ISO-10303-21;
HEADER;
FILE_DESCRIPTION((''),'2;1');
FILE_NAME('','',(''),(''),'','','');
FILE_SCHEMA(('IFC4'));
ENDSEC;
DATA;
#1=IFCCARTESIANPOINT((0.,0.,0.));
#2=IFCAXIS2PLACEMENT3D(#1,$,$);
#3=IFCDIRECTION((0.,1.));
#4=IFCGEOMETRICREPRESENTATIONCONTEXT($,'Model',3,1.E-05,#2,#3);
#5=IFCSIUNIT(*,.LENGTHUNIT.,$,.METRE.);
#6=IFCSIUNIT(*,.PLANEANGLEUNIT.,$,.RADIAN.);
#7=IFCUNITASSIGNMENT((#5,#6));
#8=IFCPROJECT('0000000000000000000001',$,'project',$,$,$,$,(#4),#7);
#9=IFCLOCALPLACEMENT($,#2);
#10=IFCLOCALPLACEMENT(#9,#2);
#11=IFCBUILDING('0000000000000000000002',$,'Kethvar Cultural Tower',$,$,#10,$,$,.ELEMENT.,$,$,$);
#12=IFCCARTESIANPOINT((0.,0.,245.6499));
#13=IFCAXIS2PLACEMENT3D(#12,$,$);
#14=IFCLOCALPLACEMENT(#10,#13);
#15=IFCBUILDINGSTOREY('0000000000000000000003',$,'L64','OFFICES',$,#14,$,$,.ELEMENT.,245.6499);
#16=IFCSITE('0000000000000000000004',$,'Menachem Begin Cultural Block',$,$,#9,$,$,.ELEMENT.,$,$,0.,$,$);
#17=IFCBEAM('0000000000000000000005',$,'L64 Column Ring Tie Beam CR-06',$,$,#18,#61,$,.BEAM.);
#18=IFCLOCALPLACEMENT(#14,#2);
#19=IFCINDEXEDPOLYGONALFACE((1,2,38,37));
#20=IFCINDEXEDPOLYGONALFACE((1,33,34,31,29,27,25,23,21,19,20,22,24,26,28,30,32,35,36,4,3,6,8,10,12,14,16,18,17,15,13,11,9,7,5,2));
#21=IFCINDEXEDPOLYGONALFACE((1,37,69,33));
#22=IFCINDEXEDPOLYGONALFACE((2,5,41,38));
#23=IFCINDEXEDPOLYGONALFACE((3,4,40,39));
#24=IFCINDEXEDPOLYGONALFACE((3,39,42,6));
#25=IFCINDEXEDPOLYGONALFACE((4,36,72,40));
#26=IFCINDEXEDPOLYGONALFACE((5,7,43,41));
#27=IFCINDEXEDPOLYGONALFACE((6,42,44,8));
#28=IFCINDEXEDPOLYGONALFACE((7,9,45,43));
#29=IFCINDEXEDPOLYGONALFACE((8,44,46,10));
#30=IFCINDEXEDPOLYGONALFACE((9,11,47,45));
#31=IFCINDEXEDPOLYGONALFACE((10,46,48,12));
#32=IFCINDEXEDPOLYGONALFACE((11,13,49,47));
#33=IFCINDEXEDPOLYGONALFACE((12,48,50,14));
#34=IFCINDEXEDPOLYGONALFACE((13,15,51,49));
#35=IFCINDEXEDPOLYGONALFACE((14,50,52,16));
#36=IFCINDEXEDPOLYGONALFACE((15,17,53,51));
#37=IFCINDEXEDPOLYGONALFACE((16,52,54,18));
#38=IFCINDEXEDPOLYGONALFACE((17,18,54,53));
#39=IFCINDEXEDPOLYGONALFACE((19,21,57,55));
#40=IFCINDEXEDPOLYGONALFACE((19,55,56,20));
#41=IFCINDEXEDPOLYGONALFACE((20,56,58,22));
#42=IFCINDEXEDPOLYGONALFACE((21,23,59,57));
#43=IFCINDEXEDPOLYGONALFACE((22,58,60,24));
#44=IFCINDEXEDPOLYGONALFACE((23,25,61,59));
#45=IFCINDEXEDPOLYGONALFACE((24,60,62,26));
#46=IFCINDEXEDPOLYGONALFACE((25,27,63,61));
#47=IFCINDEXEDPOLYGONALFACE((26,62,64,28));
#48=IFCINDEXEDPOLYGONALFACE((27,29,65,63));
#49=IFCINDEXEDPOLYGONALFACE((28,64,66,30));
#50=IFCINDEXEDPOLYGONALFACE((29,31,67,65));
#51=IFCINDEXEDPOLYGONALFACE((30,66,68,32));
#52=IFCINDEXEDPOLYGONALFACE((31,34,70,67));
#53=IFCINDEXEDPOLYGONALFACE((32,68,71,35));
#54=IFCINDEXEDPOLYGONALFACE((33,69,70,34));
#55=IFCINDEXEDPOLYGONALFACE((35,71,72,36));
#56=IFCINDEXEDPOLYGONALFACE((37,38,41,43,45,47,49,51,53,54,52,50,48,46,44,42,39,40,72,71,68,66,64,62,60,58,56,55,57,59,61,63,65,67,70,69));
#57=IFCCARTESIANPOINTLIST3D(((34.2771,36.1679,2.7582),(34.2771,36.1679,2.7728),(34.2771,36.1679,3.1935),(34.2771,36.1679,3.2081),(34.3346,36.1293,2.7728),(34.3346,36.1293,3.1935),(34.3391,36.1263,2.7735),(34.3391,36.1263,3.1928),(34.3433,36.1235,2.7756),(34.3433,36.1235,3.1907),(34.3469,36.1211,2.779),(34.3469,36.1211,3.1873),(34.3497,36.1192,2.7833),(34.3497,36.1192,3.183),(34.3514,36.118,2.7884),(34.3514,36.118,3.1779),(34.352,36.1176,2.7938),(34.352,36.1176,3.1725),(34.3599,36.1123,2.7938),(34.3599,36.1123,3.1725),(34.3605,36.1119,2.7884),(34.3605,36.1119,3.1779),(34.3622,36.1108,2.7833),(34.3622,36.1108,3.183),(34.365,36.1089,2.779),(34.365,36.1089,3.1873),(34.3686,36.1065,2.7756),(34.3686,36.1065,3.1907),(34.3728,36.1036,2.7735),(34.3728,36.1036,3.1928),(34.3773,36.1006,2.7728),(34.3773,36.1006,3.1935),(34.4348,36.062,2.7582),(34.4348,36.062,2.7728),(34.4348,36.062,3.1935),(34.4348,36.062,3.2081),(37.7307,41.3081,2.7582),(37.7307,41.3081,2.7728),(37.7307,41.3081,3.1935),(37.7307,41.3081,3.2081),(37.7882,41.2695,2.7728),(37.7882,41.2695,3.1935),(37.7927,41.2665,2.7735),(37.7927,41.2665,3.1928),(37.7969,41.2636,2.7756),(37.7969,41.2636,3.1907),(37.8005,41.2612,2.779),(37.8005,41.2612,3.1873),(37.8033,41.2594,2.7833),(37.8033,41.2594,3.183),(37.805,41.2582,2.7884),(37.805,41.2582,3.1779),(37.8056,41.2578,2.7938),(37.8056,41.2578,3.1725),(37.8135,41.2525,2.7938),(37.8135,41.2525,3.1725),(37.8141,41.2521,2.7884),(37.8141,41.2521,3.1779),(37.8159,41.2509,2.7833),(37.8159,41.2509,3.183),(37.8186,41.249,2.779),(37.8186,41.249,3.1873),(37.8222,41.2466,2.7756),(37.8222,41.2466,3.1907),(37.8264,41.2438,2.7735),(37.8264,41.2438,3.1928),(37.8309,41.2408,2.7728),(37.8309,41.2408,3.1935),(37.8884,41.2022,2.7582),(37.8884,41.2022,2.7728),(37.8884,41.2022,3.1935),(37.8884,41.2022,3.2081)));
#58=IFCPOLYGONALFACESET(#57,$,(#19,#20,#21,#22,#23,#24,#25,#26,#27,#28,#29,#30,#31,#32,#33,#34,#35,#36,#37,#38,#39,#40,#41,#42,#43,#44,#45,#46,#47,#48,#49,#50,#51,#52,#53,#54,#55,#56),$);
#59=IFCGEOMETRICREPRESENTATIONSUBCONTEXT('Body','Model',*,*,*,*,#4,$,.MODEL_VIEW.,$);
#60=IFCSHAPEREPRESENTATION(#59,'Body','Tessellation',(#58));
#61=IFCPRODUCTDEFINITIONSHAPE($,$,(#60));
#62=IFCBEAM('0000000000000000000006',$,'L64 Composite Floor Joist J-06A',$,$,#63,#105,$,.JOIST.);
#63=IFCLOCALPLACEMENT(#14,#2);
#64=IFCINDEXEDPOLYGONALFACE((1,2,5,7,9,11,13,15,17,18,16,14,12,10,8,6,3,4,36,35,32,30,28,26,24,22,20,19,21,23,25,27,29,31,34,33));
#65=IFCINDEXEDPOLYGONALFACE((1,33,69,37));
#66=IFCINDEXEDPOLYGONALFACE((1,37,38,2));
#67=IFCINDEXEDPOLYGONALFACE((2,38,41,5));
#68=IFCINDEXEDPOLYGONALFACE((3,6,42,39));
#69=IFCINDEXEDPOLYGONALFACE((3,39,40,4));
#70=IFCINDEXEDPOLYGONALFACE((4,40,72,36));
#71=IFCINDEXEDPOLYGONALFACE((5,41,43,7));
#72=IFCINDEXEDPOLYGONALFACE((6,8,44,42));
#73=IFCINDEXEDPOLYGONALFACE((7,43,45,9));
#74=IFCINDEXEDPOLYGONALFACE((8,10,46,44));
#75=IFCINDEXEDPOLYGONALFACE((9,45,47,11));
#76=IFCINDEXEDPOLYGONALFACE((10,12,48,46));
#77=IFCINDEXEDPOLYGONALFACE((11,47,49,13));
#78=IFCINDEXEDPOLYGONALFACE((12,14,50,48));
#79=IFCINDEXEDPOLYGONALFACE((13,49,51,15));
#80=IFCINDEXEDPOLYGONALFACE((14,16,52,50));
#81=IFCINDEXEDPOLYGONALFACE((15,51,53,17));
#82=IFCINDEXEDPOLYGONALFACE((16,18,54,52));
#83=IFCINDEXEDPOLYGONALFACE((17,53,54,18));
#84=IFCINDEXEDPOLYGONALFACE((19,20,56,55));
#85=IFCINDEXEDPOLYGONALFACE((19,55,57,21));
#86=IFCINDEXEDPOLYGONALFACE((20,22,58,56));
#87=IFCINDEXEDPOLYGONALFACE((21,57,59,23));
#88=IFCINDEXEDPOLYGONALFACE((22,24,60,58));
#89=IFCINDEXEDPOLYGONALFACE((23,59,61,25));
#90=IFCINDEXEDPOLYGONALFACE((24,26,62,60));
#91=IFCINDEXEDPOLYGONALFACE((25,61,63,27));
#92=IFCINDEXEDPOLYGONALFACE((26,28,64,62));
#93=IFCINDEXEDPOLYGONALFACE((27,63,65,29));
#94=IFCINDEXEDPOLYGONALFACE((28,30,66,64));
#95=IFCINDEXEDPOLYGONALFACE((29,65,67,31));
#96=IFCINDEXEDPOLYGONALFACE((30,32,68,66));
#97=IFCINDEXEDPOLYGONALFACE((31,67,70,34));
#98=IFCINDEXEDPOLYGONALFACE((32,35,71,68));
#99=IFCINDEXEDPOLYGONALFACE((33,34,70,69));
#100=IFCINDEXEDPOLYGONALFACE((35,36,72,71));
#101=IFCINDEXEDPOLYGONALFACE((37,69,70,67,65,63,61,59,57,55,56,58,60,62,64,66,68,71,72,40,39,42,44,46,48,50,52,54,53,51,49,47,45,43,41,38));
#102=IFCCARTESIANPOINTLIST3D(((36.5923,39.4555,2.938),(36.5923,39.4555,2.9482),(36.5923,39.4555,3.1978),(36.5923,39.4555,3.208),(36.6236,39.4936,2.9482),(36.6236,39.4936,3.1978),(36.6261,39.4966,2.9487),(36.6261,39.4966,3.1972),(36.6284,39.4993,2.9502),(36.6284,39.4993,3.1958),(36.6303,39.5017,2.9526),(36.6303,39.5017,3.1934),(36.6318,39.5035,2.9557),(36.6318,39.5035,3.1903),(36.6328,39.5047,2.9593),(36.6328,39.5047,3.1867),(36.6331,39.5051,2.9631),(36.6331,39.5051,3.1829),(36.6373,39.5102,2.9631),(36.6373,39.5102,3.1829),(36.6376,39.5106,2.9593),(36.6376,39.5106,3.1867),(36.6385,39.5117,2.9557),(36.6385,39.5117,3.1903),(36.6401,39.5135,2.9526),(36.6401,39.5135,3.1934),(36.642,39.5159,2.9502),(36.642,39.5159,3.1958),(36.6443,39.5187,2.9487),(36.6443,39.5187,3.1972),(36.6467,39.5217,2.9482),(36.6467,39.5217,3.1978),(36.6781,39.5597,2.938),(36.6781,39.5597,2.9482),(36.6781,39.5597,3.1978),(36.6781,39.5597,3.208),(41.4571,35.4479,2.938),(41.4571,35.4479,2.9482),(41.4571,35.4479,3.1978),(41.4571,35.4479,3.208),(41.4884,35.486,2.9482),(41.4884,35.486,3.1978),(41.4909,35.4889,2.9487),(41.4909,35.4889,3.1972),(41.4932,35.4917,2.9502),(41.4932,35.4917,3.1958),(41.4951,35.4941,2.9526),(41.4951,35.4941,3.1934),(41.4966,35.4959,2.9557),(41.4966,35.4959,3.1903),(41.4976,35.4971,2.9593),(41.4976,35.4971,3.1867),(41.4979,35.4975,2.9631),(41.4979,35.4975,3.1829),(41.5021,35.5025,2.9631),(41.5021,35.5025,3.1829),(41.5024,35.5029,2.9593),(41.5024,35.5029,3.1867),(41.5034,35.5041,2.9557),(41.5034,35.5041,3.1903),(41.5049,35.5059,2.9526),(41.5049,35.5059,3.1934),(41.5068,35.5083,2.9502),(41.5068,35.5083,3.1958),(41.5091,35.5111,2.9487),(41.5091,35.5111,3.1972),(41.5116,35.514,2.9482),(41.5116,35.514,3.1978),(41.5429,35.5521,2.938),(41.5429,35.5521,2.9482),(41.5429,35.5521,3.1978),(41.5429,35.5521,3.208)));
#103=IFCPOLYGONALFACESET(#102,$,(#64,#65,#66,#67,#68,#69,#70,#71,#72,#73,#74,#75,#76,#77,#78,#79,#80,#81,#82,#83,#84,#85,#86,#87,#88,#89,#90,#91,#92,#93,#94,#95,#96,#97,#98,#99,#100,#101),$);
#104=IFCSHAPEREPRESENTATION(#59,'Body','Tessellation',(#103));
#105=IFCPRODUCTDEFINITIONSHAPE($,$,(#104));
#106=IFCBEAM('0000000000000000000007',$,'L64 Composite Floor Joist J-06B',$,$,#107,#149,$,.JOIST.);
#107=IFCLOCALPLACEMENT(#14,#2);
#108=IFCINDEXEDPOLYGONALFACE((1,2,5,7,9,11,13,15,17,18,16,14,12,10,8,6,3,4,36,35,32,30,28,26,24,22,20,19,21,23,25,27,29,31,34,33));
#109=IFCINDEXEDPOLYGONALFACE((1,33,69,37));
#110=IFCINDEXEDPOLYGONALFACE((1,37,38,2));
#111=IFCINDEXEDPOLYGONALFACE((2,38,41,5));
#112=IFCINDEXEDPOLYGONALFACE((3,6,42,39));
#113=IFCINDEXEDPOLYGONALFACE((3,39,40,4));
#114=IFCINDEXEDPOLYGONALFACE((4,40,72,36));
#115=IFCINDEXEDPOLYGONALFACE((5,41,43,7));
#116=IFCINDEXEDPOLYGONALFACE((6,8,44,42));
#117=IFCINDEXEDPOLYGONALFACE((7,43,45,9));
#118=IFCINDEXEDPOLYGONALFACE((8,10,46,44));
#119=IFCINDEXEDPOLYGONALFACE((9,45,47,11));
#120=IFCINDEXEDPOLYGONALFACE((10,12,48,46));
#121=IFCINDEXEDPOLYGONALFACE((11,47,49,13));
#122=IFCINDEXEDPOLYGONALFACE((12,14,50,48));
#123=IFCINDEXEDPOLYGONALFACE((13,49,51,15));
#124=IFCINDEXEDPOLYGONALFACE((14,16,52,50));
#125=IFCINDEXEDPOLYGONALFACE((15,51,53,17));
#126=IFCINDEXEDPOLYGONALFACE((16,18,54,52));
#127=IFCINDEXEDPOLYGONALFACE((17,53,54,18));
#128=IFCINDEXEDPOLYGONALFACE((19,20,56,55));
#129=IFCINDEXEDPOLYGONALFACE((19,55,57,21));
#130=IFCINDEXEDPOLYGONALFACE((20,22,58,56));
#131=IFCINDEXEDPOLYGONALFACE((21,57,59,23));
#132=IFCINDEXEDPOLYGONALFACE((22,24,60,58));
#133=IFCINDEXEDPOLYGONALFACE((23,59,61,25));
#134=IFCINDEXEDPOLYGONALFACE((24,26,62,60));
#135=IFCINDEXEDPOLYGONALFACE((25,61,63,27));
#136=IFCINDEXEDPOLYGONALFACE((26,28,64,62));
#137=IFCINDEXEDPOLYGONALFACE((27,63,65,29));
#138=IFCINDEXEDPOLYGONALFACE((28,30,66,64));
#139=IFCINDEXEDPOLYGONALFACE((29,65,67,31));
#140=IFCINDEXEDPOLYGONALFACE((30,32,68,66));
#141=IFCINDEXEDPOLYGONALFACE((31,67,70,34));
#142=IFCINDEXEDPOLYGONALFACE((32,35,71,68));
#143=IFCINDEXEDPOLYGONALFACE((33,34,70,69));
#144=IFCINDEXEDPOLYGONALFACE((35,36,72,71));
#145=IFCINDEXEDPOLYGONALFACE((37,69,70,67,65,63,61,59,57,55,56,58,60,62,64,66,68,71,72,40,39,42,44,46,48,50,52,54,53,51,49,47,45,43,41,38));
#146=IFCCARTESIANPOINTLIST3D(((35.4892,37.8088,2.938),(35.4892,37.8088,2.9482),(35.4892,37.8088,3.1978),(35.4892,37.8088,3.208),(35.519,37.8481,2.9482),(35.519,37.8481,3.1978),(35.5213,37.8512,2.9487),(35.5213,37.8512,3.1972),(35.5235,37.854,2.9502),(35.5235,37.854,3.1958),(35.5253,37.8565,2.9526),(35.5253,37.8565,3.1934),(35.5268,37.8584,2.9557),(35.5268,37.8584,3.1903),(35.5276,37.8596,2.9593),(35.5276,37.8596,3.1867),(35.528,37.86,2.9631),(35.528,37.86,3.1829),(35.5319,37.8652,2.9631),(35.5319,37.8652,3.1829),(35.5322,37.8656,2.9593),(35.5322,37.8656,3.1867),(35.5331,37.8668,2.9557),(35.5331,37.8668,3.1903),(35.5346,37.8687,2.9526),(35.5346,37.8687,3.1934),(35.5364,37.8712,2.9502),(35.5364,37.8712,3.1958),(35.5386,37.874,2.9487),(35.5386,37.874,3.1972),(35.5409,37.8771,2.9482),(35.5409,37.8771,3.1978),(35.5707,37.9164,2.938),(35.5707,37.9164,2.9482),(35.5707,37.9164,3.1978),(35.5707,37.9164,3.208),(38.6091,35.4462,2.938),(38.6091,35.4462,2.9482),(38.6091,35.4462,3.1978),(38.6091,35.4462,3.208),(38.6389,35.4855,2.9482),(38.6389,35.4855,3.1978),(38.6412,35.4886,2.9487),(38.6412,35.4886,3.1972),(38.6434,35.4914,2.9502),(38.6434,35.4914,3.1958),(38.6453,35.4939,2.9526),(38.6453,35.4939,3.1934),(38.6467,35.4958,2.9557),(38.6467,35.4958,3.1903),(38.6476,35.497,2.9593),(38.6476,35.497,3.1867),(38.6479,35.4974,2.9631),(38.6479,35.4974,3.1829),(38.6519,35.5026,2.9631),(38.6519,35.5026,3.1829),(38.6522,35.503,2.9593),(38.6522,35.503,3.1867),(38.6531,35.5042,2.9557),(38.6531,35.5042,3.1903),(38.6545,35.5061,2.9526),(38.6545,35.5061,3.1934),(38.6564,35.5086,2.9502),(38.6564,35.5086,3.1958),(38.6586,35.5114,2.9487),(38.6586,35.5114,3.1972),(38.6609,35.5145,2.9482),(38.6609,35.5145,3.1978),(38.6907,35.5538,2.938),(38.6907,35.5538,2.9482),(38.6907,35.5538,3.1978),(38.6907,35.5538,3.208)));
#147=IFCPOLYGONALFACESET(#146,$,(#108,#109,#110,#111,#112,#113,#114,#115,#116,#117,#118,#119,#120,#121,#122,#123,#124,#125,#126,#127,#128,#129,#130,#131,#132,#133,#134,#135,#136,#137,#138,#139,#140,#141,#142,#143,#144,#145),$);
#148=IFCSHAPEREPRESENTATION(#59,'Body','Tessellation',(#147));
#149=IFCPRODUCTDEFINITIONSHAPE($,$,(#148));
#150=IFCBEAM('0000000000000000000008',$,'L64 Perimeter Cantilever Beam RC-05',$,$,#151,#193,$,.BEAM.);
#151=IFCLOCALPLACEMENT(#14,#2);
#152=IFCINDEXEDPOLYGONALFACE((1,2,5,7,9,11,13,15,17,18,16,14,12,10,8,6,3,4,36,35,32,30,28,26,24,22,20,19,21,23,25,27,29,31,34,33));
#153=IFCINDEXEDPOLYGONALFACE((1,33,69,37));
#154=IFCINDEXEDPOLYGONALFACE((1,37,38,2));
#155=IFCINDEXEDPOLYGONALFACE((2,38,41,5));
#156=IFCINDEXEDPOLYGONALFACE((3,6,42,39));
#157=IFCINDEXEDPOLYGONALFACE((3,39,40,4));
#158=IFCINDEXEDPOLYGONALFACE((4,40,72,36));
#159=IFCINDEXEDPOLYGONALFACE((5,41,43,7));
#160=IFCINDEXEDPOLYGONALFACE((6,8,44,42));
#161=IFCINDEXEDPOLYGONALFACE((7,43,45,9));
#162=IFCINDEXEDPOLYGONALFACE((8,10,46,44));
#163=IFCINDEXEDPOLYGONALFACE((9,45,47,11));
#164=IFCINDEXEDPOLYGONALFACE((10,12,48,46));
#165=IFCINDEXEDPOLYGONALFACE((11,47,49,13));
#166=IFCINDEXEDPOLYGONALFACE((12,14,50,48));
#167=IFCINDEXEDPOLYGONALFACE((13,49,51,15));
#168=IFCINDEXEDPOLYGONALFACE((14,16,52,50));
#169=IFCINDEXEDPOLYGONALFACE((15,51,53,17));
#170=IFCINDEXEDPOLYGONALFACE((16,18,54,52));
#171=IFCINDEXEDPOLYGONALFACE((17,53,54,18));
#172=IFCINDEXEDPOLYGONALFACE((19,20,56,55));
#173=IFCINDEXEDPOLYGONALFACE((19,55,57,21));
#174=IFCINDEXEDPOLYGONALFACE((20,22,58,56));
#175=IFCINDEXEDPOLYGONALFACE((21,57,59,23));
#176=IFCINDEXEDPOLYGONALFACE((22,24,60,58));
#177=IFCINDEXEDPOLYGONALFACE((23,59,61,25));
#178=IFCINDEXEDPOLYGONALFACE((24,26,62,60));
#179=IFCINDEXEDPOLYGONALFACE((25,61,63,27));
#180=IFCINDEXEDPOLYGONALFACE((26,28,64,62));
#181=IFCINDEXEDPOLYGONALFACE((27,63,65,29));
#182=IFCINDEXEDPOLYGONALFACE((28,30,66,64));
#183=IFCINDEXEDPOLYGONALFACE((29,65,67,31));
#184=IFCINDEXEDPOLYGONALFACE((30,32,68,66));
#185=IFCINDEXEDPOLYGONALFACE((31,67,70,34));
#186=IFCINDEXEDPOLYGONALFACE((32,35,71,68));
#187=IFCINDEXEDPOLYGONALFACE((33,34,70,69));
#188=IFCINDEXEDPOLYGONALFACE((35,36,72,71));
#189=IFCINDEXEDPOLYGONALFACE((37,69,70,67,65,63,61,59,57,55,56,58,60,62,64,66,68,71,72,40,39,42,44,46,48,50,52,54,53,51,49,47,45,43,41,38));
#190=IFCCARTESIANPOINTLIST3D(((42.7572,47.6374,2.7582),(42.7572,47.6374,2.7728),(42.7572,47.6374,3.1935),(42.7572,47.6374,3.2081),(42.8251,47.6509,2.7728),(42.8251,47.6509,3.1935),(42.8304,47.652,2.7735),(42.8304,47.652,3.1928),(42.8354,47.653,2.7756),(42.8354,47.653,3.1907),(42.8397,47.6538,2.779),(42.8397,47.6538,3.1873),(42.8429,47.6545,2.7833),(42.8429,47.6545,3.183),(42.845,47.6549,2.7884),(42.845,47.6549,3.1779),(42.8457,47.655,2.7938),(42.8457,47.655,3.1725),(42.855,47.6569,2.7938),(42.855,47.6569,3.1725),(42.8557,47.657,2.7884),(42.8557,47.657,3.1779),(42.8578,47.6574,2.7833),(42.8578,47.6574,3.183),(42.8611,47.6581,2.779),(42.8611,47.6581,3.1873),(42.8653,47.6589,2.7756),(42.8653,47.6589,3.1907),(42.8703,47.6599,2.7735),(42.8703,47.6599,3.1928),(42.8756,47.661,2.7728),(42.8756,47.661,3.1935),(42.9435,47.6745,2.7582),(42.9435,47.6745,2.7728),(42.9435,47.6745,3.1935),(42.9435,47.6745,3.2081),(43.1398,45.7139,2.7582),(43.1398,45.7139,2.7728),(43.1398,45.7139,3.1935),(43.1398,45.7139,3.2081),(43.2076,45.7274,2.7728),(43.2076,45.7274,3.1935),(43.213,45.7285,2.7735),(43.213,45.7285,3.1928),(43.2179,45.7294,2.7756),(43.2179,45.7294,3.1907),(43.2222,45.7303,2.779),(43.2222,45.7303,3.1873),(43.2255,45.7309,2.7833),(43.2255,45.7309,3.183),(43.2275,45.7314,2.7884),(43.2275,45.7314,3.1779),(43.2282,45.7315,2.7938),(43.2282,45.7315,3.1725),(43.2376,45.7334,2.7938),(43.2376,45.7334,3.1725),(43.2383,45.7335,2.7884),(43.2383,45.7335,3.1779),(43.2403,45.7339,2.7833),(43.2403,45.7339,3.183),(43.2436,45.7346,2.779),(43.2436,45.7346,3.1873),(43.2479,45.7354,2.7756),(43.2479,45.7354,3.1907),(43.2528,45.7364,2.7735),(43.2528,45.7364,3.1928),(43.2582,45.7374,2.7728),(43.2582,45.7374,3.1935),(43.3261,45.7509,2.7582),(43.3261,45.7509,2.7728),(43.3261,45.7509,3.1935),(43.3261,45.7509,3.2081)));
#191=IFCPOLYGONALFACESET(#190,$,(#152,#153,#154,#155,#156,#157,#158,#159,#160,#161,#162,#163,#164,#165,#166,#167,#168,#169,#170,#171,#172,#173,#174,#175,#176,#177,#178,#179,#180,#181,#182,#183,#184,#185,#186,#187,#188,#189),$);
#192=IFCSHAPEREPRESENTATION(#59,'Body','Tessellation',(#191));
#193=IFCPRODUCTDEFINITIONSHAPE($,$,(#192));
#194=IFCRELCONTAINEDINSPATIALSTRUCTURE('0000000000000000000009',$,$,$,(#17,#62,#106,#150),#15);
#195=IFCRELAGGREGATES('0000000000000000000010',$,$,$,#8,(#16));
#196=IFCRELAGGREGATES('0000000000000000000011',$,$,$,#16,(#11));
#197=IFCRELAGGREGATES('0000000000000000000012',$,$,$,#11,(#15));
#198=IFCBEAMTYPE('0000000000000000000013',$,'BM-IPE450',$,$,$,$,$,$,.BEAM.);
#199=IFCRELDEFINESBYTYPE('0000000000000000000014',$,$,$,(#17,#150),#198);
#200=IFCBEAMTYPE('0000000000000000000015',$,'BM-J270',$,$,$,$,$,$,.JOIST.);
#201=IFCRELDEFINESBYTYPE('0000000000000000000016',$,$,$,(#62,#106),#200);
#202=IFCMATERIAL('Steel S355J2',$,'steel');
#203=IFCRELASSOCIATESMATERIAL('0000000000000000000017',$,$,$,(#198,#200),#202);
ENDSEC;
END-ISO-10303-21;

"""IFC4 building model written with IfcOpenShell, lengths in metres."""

from ifc_helpers import new_model, si_unit, direction, frame, origin, origin_2d, place, context, subcontext, project, spatial, i_section, extrude, source, transform, mapped, material, material_profile, profile_set, type_object, element, save


model = new_model("IFC4")

# Units and contexts
model_context = context("Model", 3, precision=1e-05, world=origin(), true_north=direction((0.0, 1.0)))
body_context = subcontext(model_context, "Body", "Model", "MODEL_VIEW")
ifc_project = project(units=[si_unit("LENGTHUNIT", "METRE"), si_unit("PLANEANGLEUNIT", "RADIAN")], contexts=[model_context])

# Site, building, storey
site_placement = place(None, origin())
site = spatial("IfcSite", under=ifc_project, at=site_placement, Name="Menachem Begin Cultural Block", CompositionType="ELEMENT", RefElevation=0.0)
building_placement = place(site_placement, origin())
building = spatial("IfcBuilding", under=site, at=building_placement, Name="Kethvar Cultural Tower", CompositionType="ELEMENT")
storey_placement = place(building_placement, frame((0.0, 0.0, 245.6499)))
storey = spatial("IfcBuildingStorey", under=building, at=storey_placement, Name="L64", Description="OFFICES", CompositionType="ELEMENT", Elevation=245.6499)

# Beams
ifc_material_1 = material(Name="Steel S355J2", Category="steel")
ifc_material_profile_1 = material_profile(ifc_material_1, i_section(OverallWidth=0.1899, OverallDepth=0.45, WebThickness=0.0095, FlangeThickness=0.0146, FilletRadius=0.021, at=origin_2d()), Name="Steel S355J2 — IPE450")
ifc_profile_set_1 = profile_set([ifc_material_profile_1], Name="Steel S355J2 — IPE450")
beam_type_1 = type_object("IfcBeamType", Name="BM-IPE450", PredefinedType="BEAM", material=ifc_profile_set_1)
ifc_material_profile_2 = material_profile(ifc_material_1, i_section(OverallWidth=0.135, OverallDepth=0.27, WebThickness=0.0066, FlangeThickness=0.0103, FilletRadius=0.0149, at=origin_2d()), Name="Steel S355J2 — IPE270")
ifc_profile_set_2 = profile_set([ifc_material_profile_2], Name="Steel S355J2 — IPE270")
beam_type_2 = type_object("IfcBeamType", Name="BM-J270", PredefinedType="JOIST", material=ifc_profile_set_2)
shared_shape_1 = source(origin(), body_context, "Body", "SweptSolid", [
    extrude(i_section(OverallWidth=0.1899, OverallDepth=0.45, WebThickness=0.0095, FlangeThickness=0.0146, FilletRadius=0.021, at=origin_2d()), origin(), (0.0, 0.0, 1.0), 6.1926),
])
beam_1_placement = place(storey_placement, frame((37.8096, 41.2551, 2.9832), z_axis=(-0.557699, -0.830043, 0.0), x_axis=(0.830043, -0.557699, 0.0)))
element("IfcBeam", 1, at=beam_1_placement, inside=storey, type_object=beam_type_1, Name="L64 Column Ring Tie Beam CR-06", PredefinedType="BEAM", context=body_context, shape_type="MappedRepresentation", body=[
    mapped(shared_shape_1, transform((0.0, 0.0, 0.0), scale=1.0)),
])
shared_shape_2 = source(origin(), body_context, "Body", "SweptSolid", [
    extrude(i_section(OverallWidth=0.135, OverallDepth=0.27, WebThickness=0.0066, FlangeThickness=0.0103, FilletRadius=0.0149, at=origin_2d()), origin(), (0.0, 0.0, 1.0), 6.303),
])
beam_2_placement = place(storey_placement, frame((41.5, 35.5, 3.073), z_axis=(-0.771828, 0.635831, 0.0), x_axis=(-0.635831, -0.771828, 0.0)))
element("IfcBeam", 2, at=beam_2_placement, inside=storey, type_object=beam_type_2, Name="L64 Composite Floor Joist J-06A", PredefinedType="JOIST", context=body_context, shape_type="MappedRepresentation", body=[
    mapped(shared_shape_2, transform((0.0, 0.0, 0.0), scale=1.0)),
])
shared_shape_3 = source(origin(), body_context, "Body", "SweptSolid", [
    extrude(i_section(OverallWidth=0.135, OverallDepth=0.27, WebThickness=0.0066, FlangeThickness=0.0103, FilletRadius=0.0149, at=origin_2d()), origin(), (0.0, 0.0, 1.0), 3.9136),
])
beam_3_placement = place(storey_placement, frame((38.6499, 35.5, 3.073), z_axis=(-0.797214, 0.603697, 0.0), x_axis=(-0.603697, -0.797214, 0.0)))
element("IfcBeam", 3, at=beam_3_placement, inside=storey, type_object=beam_type_2, Name="L64 Composite Floor Joist J-06B", PredefinedType="JOIST", context=body_context, shape_type="MappedRepresentation", body=[
    mapped(shared_shape_3, transform((0.0, 0.0, 0.0), scale=1.0)),
])
shared_shape_4 = source(origin(), body_context, "Body", "SweptSolid", [
    extrude(i_section(OverallWidth=0.1899, OverallDepth=0.45, WebThickness=0.0095, FlangeThickness=0.0146, FilletRadius=0.021, at=origin_2d()), origin(), (0.0, 0.0, 1.0), 1.9612),
])
beam_4_placement = place(storey_placement, frame((43.2329, 45.7324, 2.9832), z_axis=(-0.195063, 0.980791, 0.0), x_axis=(-0.980791, -0.195063, 0.0)))
element("IfcBeam", 4, at=beam_4_placement, inside=storey, type_object=beam_type_1, Name="L64 Perimeter Cantilever Beam RC-05", PredefinedType="BEAM", context=body_context, shape_type="MappedRepresentation", body=[
    mapped(shared_shape_4, transform((0.0, 0.0, 0.0), scale=1.0)),
])

save(model, "model.ifc")
